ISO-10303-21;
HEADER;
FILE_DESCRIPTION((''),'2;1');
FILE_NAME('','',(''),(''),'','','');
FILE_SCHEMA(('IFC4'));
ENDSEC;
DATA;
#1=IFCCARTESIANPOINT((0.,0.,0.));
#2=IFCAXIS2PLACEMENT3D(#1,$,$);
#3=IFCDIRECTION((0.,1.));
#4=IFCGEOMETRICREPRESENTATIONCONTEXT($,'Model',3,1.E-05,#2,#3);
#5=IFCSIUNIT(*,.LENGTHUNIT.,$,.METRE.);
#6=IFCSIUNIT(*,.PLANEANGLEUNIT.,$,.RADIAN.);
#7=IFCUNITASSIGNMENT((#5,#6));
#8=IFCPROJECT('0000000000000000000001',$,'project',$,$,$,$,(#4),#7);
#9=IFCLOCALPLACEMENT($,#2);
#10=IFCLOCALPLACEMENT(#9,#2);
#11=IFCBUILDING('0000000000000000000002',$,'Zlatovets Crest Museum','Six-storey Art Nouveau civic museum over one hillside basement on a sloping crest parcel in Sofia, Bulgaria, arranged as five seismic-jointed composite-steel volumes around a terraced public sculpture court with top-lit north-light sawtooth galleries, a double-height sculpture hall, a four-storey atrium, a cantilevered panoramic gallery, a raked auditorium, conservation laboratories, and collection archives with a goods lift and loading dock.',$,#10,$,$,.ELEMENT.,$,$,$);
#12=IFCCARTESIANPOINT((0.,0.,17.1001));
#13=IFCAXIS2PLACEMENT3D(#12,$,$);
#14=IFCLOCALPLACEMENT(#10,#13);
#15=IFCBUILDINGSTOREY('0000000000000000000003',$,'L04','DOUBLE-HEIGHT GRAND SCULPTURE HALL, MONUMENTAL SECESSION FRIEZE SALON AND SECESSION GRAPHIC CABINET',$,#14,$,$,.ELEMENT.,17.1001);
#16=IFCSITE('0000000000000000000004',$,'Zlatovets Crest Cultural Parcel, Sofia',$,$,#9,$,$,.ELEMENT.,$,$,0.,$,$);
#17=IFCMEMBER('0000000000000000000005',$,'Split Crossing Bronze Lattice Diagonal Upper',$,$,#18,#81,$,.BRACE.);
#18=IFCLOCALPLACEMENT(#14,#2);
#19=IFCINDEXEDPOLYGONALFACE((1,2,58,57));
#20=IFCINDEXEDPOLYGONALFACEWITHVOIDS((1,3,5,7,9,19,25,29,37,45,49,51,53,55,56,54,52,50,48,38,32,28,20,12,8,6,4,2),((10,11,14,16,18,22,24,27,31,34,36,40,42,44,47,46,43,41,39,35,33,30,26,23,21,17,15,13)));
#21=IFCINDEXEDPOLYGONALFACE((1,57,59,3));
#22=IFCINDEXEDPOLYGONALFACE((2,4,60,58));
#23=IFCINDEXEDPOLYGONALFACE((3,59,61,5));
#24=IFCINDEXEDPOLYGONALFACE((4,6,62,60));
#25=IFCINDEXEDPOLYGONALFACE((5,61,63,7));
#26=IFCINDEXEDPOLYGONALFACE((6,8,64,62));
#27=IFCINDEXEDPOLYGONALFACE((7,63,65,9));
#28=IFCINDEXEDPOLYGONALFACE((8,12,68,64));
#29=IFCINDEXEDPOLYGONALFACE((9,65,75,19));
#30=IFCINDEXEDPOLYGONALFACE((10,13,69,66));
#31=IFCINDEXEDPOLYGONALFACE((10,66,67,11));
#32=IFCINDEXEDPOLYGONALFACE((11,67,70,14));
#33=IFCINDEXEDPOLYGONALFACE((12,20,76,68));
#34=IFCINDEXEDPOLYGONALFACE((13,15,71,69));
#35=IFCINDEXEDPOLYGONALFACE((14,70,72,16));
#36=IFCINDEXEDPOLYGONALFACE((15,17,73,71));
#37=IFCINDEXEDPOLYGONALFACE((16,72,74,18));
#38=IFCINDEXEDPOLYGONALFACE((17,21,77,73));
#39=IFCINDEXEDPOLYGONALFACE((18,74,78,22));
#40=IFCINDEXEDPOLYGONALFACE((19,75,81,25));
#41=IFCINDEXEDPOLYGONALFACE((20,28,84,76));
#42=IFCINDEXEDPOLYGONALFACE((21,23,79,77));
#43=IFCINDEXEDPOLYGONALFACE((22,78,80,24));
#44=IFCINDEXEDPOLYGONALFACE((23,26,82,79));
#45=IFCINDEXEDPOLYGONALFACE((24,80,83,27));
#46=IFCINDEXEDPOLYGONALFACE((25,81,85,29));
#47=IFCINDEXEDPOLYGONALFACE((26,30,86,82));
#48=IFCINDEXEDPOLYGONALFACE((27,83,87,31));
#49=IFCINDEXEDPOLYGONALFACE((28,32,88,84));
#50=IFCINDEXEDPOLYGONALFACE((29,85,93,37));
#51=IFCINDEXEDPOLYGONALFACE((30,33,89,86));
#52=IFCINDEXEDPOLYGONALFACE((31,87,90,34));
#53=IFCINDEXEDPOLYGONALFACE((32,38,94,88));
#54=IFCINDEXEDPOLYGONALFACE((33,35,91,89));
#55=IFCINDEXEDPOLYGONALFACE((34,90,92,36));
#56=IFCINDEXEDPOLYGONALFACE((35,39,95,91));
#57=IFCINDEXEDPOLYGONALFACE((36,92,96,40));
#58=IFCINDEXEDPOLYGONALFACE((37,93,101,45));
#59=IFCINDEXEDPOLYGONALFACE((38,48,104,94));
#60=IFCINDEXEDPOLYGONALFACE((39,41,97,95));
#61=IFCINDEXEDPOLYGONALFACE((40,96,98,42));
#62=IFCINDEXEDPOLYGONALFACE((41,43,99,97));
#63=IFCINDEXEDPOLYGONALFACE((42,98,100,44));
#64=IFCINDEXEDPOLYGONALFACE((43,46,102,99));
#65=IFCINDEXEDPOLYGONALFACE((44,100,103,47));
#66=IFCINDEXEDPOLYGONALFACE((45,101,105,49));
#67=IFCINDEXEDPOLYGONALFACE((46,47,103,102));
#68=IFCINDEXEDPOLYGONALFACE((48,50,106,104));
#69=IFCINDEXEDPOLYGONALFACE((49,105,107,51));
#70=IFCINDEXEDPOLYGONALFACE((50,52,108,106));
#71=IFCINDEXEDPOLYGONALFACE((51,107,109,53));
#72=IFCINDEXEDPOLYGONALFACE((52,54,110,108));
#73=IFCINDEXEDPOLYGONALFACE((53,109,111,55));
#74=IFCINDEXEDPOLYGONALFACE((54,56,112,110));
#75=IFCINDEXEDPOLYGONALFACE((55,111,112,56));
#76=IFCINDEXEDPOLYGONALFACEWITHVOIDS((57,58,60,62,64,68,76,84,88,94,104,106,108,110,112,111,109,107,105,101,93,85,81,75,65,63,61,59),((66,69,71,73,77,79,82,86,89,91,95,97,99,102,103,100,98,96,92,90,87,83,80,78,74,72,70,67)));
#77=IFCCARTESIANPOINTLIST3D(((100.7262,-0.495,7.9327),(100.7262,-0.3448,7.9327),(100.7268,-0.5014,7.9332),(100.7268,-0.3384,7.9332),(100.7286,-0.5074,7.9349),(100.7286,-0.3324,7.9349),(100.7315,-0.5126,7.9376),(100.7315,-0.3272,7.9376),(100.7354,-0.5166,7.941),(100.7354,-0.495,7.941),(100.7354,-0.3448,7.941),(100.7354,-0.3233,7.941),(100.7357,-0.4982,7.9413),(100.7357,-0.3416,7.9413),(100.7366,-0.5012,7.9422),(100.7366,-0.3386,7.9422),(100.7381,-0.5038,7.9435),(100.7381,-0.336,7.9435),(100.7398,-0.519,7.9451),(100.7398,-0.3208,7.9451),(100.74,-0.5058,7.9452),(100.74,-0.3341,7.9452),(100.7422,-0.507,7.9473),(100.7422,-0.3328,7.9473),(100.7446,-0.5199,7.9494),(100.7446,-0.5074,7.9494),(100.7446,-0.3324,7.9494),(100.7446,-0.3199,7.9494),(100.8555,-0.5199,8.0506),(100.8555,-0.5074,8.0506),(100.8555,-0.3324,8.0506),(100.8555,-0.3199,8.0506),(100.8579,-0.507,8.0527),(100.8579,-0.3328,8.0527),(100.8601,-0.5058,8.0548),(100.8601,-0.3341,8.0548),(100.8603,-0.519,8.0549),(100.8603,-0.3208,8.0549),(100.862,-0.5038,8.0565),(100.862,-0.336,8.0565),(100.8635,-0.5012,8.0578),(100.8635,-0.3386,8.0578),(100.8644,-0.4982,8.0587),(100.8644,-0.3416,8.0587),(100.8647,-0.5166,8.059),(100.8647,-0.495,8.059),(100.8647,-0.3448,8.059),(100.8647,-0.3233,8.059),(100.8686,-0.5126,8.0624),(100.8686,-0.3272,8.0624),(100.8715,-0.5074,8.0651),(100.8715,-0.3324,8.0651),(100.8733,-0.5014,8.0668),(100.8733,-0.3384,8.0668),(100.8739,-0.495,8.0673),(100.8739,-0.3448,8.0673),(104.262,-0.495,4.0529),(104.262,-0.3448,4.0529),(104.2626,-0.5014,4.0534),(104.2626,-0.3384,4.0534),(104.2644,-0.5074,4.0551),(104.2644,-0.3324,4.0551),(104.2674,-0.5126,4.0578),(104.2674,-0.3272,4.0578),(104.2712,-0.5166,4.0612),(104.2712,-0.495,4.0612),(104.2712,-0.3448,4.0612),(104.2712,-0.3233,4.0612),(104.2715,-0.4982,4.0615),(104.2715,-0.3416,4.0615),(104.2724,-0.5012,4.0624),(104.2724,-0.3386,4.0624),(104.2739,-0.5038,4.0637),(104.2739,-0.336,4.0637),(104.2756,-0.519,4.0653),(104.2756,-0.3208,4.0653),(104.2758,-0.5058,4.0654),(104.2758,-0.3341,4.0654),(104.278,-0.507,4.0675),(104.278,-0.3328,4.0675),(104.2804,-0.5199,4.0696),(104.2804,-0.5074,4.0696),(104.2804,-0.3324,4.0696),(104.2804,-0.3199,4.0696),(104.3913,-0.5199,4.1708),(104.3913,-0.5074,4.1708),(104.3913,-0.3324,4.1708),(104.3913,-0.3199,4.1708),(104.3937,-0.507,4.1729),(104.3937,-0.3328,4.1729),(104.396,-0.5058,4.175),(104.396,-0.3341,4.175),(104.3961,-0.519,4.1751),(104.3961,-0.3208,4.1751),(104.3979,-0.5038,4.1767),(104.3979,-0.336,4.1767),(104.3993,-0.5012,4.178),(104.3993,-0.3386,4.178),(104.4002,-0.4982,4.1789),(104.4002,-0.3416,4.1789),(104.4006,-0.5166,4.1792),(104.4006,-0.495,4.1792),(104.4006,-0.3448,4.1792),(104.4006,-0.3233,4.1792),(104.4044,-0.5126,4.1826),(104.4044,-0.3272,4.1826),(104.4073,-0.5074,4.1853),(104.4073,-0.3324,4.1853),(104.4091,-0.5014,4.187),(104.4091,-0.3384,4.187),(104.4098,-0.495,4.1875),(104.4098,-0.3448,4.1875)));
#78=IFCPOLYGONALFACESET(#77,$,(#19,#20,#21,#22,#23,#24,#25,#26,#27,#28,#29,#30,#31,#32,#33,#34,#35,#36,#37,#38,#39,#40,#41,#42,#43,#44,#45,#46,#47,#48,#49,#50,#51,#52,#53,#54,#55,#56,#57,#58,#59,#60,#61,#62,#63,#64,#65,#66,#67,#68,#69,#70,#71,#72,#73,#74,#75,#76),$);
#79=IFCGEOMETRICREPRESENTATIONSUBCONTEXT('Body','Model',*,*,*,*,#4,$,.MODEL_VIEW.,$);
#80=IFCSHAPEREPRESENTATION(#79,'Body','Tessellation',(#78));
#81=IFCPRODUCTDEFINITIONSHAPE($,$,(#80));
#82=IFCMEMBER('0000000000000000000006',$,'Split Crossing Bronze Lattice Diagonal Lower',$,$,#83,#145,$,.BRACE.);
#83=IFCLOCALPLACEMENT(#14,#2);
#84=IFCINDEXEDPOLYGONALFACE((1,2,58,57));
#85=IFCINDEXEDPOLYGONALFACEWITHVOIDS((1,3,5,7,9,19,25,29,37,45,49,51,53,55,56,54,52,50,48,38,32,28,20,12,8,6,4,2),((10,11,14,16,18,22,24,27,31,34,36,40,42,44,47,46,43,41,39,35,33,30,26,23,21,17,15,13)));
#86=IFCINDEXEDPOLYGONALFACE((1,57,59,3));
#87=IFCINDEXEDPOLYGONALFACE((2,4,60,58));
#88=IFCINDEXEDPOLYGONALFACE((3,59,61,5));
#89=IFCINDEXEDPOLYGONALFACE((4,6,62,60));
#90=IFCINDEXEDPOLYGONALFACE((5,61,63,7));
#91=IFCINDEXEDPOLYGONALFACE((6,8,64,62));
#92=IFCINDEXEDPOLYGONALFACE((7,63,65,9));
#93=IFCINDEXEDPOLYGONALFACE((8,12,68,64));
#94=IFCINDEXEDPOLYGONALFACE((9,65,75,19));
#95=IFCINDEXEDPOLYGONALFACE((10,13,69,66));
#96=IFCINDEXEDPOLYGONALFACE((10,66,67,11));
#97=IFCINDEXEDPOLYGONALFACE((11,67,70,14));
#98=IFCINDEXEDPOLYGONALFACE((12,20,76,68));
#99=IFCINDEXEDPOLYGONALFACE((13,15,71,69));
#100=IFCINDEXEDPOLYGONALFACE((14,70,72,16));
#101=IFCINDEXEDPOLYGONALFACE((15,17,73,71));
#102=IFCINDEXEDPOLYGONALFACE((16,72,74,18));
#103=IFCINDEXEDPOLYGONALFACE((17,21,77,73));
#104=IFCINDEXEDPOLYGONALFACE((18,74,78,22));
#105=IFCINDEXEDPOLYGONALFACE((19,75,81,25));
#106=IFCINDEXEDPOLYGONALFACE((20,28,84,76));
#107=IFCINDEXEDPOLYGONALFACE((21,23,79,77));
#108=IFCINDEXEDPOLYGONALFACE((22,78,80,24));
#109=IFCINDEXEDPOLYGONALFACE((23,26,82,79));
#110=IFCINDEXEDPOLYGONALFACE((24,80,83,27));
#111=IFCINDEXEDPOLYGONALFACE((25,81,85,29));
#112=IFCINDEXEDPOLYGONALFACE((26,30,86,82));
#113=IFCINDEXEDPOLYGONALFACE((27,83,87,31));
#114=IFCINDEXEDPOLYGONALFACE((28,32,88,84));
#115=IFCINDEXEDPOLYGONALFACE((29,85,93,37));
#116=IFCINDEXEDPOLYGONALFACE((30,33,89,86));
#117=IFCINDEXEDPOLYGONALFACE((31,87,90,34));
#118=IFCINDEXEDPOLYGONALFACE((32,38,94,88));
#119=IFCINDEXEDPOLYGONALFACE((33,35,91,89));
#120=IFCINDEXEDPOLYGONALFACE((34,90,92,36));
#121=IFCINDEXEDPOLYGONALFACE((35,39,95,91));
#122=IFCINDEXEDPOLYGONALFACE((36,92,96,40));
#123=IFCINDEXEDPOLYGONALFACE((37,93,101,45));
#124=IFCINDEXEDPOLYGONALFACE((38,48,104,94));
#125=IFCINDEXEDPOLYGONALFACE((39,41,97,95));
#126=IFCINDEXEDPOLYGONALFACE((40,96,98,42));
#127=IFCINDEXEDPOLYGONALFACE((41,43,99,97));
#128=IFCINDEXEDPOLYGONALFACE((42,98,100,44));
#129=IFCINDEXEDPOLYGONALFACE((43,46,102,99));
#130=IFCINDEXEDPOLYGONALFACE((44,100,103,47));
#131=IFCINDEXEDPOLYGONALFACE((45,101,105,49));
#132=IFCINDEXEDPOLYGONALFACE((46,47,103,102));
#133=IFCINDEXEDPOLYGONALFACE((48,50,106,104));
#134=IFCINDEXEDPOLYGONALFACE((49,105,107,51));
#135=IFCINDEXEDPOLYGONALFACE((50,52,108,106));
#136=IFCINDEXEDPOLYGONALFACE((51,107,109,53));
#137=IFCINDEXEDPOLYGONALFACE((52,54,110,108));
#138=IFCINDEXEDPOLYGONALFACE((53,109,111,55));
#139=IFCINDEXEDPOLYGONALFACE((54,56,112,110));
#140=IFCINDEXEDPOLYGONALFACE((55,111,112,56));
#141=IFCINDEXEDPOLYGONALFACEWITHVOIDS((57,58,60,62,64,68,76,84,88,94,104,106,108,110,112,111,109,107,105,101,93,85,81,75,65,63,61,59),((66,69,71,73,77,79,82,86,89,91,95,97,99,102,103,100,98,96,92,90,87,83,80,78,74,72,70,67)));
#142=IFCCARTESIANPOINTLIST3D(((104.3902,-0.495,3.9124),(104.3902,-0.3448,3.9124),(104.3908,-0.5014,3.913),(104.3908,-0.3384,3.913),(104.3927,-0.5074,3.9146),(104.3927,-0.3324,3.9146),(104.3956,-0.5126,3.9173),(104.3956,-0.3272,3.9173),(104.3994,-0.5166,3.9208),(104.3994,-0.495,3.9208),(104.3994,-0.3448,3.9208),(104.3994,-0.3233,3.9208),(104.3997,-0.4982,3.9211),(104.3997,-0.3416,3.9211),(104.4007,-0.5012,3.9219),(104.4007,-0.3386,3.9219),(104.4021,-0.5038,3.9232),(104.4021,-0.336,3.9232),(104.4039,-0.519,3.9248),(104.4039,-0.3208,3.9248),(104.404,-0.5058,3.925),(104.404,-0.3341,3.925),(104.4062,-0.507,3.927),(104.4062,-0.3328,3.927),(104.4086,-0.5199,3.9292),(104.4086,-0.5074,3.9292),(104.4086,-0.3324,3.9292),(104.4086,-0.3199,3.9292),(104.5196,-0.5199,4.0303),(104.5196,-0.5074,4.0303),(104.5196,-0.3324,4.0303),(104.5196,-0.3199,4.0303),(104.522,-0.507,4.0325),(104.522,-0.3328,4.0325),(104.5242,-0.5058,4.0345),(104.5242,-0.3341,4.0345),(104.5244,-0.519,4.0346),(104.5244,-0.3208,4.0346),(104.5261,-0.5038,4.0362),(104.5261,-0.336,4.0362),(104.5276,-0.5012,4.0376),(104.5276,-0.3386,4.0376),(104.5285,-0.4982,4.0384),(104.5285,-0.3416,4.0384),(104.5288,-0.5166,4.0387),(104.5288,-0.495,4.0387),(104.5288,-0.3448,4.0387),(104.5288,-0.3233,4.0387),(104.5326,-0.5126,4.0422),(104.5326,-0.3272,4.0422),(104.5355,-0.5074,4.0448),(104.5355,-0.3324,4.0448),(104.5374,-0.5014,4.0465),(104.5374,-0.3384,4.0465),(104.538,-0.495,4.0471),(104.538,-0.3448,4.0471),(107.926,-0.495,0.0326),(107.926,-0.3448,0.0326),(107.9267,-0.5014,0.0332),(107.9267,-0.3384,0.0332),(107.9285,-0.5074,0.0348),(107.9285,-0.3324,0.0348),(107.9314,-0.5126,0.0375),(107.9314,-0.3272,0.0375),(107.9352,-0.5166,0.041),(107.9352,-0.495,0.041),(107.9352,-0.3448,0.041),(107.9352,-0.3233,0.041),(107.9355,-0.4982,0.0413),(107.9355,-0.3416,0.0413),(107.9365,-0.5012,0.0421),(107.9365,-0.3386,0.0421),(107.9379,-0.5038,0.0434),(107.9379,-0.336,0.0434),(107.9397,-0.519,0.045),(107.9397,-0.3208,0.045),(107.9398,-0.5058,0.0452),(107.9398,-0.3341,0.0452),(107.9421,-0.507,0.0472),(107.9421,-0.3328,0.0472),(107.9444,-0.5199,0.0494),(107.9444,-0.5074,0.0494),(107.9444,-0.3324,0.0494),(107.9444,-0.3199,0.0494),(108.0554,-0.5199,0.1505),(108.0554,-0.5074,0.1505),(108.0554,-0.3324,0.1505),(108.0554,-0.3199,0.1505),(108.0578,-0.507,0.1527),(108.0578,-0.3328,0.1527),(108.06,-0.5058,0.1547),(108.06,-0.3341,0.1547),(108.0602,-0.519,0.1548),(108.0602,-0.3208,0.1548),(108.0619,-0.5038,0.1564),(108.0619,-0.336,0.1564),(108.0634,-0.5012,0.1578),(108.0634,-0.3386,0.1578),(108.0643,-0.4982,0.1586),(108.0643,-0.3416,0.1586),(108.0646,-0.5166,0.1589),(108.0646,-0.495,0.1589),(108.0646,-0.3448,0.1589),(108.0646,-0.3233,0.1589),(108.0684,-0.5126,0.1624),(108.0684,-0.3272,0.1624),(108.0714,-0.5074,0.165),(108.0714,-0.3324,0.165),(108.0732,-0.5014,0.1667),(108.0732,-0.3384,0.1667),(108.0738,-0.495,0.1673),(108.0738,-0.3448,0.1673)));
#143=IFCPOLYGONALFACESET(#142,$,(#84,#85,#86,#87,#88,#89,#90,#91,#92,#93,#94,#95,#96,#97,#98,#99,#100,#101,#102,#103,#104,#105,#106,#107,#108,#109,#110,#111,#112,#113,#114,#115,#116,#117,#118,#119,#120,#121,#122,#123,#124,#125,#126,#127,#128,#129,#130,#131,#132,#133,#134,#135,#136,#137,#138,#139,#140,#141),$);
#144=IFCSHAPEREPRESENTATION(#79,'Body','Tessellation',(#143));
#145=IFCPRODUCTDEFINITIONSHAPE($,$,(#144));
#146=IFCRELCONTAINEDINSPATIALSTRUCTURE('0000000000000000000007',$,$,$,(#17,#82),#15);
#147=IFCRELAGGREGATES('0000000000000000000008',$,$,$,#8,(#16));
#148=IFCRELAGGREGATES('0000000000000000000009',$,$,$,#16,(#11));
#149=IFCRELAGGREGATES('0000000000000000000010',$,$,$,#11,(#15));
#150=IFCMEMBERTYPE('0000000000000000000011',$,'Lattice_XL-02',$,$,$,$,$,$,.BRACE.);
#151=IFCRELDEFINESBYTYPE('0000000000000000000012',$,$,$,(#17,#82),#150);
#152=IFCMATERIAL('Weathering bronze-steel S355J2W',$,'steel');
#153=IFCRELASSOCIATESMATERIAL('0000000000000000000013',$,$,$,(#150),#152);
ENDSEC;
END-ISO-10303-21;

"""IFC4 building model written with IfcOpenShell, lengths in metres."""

from ifc_helpers import new_model, si_unit, direction, frame, origin, origin_2d, place, context, subcontext, project, spatial, hollow_rectangle, extrude, material, material_profile, profile_set, type_object, element, save


model = new_model("IFC4")

# Units and contexts
model_context = context("Model", 3, precision=1e-05, world=origin(), true_north=direction((0.0, 1.0)))
body_context = subcontext(model_context, "Body", "Model", "MODEL_VIEW")
ifc_project = project(units=[si_unit("LENGTHUNIT", "METRE"), si_unit("PLANEANGLEUNIT", "RADIAN")], contexts=[model_context])

# Site, building, storey
site_placement = place(None, origin())
site = spatial("IfcSite", under=ifc_project, at=site_placement, Name="Zlatovets Crest Cultural Parcel, Sofia", CompositionType="ELEMENT", RefElevation=0.0)
building_placement = place(site_placement, origin())
building = spatial("IfcBuilding", under=site, at=building_placement, Name="Zlatovets Crest Museum", Description="Six-storey Art Nouveau civic museum over one hillside basement on a sloping crest parcel in Sofia, Bulgaria, arranged as five seismic-jointed composite-steel volumes around a terraced public sculpture court with top-lit north-light sawtooth galleries, a double-height sculpture hall, a four-storey atrium, a cantilevered panoramic gallery, a raked auditorium, conservation laboratories, and collection archives with a goods lift and loading dock.", CompositionType="ELEMENT")
storey_placement = place(building_placement, frame((0.0, 0.0, 17.1001)))
storey = spatial("IfcBuildingStorey", under=building, at=storey_placement, Name="L04", Description="DOUBLE-HEIGHT GRAND SCULPTURE HALL, MONUMENTAL SECESSION FRIEZE SALON AND SECESSION GRAPHIC CABINET", CompositionType="ELEMENT", Elevation=17.1001)

# Members
ifc_material_1 = material(Name="Weathering bronze-steel S355J2W", Category="steel")
ifc_material_profile_1 = material_profile(ifc_material_1, hollow_rectangle(XDim=0.2, YDim=0.2, WallThickness=0.0125, InnerFilletRadius=0.0125, OuterFilletRadius=0.0249, at=origin_2d()), Name="SHS 200x200x12.5")
ifc_profile_set_1 = profile_set([ifc_material_profile_1], Name="Weathering bronze-steel S355J2W")
member_type_1 = type_object("IfcMemberType", Name="Lattice_XL-02", PredefinedType="BRACE", material=ifc_profile_set_1)
for number, where, z_axis, x_axis, name in (
    (1, (100.8, -0.4199, 8.0), (0.673582, 0.0, -0.739112), (0.0, 1.0, 0.0), "Split Crossing Bronze Lattice Diagonal Upper"),
    (2, (104.4641, -0.4199, 3.9797), (0.673582, 0.0, -0.739112), (0.0, 1.0, 0.0), "Split Crossing Bronze Lattice Diagonal Lower"),
):
    element("IfcMember", number, at=place(storey_placement, frame(where, z_axis=z_axis, x_axis=x_axis)), inside=storey, type_object=member_type_1, Name=name, PredefinedType="BRACE", context=body_context, shape_type="SweptSolid", body=[
        extrude(hollow_rectangle(XDim=0.2, YDim=0.2, WallThickness=0.0125, InnerFilletRadius=0.0125, OuterFilletRadius=0.0249, at=origin_2d()), origin(), (0.0, 0.0, 1.0), 5.2493),
    ])

save(model, "model.ifc")
